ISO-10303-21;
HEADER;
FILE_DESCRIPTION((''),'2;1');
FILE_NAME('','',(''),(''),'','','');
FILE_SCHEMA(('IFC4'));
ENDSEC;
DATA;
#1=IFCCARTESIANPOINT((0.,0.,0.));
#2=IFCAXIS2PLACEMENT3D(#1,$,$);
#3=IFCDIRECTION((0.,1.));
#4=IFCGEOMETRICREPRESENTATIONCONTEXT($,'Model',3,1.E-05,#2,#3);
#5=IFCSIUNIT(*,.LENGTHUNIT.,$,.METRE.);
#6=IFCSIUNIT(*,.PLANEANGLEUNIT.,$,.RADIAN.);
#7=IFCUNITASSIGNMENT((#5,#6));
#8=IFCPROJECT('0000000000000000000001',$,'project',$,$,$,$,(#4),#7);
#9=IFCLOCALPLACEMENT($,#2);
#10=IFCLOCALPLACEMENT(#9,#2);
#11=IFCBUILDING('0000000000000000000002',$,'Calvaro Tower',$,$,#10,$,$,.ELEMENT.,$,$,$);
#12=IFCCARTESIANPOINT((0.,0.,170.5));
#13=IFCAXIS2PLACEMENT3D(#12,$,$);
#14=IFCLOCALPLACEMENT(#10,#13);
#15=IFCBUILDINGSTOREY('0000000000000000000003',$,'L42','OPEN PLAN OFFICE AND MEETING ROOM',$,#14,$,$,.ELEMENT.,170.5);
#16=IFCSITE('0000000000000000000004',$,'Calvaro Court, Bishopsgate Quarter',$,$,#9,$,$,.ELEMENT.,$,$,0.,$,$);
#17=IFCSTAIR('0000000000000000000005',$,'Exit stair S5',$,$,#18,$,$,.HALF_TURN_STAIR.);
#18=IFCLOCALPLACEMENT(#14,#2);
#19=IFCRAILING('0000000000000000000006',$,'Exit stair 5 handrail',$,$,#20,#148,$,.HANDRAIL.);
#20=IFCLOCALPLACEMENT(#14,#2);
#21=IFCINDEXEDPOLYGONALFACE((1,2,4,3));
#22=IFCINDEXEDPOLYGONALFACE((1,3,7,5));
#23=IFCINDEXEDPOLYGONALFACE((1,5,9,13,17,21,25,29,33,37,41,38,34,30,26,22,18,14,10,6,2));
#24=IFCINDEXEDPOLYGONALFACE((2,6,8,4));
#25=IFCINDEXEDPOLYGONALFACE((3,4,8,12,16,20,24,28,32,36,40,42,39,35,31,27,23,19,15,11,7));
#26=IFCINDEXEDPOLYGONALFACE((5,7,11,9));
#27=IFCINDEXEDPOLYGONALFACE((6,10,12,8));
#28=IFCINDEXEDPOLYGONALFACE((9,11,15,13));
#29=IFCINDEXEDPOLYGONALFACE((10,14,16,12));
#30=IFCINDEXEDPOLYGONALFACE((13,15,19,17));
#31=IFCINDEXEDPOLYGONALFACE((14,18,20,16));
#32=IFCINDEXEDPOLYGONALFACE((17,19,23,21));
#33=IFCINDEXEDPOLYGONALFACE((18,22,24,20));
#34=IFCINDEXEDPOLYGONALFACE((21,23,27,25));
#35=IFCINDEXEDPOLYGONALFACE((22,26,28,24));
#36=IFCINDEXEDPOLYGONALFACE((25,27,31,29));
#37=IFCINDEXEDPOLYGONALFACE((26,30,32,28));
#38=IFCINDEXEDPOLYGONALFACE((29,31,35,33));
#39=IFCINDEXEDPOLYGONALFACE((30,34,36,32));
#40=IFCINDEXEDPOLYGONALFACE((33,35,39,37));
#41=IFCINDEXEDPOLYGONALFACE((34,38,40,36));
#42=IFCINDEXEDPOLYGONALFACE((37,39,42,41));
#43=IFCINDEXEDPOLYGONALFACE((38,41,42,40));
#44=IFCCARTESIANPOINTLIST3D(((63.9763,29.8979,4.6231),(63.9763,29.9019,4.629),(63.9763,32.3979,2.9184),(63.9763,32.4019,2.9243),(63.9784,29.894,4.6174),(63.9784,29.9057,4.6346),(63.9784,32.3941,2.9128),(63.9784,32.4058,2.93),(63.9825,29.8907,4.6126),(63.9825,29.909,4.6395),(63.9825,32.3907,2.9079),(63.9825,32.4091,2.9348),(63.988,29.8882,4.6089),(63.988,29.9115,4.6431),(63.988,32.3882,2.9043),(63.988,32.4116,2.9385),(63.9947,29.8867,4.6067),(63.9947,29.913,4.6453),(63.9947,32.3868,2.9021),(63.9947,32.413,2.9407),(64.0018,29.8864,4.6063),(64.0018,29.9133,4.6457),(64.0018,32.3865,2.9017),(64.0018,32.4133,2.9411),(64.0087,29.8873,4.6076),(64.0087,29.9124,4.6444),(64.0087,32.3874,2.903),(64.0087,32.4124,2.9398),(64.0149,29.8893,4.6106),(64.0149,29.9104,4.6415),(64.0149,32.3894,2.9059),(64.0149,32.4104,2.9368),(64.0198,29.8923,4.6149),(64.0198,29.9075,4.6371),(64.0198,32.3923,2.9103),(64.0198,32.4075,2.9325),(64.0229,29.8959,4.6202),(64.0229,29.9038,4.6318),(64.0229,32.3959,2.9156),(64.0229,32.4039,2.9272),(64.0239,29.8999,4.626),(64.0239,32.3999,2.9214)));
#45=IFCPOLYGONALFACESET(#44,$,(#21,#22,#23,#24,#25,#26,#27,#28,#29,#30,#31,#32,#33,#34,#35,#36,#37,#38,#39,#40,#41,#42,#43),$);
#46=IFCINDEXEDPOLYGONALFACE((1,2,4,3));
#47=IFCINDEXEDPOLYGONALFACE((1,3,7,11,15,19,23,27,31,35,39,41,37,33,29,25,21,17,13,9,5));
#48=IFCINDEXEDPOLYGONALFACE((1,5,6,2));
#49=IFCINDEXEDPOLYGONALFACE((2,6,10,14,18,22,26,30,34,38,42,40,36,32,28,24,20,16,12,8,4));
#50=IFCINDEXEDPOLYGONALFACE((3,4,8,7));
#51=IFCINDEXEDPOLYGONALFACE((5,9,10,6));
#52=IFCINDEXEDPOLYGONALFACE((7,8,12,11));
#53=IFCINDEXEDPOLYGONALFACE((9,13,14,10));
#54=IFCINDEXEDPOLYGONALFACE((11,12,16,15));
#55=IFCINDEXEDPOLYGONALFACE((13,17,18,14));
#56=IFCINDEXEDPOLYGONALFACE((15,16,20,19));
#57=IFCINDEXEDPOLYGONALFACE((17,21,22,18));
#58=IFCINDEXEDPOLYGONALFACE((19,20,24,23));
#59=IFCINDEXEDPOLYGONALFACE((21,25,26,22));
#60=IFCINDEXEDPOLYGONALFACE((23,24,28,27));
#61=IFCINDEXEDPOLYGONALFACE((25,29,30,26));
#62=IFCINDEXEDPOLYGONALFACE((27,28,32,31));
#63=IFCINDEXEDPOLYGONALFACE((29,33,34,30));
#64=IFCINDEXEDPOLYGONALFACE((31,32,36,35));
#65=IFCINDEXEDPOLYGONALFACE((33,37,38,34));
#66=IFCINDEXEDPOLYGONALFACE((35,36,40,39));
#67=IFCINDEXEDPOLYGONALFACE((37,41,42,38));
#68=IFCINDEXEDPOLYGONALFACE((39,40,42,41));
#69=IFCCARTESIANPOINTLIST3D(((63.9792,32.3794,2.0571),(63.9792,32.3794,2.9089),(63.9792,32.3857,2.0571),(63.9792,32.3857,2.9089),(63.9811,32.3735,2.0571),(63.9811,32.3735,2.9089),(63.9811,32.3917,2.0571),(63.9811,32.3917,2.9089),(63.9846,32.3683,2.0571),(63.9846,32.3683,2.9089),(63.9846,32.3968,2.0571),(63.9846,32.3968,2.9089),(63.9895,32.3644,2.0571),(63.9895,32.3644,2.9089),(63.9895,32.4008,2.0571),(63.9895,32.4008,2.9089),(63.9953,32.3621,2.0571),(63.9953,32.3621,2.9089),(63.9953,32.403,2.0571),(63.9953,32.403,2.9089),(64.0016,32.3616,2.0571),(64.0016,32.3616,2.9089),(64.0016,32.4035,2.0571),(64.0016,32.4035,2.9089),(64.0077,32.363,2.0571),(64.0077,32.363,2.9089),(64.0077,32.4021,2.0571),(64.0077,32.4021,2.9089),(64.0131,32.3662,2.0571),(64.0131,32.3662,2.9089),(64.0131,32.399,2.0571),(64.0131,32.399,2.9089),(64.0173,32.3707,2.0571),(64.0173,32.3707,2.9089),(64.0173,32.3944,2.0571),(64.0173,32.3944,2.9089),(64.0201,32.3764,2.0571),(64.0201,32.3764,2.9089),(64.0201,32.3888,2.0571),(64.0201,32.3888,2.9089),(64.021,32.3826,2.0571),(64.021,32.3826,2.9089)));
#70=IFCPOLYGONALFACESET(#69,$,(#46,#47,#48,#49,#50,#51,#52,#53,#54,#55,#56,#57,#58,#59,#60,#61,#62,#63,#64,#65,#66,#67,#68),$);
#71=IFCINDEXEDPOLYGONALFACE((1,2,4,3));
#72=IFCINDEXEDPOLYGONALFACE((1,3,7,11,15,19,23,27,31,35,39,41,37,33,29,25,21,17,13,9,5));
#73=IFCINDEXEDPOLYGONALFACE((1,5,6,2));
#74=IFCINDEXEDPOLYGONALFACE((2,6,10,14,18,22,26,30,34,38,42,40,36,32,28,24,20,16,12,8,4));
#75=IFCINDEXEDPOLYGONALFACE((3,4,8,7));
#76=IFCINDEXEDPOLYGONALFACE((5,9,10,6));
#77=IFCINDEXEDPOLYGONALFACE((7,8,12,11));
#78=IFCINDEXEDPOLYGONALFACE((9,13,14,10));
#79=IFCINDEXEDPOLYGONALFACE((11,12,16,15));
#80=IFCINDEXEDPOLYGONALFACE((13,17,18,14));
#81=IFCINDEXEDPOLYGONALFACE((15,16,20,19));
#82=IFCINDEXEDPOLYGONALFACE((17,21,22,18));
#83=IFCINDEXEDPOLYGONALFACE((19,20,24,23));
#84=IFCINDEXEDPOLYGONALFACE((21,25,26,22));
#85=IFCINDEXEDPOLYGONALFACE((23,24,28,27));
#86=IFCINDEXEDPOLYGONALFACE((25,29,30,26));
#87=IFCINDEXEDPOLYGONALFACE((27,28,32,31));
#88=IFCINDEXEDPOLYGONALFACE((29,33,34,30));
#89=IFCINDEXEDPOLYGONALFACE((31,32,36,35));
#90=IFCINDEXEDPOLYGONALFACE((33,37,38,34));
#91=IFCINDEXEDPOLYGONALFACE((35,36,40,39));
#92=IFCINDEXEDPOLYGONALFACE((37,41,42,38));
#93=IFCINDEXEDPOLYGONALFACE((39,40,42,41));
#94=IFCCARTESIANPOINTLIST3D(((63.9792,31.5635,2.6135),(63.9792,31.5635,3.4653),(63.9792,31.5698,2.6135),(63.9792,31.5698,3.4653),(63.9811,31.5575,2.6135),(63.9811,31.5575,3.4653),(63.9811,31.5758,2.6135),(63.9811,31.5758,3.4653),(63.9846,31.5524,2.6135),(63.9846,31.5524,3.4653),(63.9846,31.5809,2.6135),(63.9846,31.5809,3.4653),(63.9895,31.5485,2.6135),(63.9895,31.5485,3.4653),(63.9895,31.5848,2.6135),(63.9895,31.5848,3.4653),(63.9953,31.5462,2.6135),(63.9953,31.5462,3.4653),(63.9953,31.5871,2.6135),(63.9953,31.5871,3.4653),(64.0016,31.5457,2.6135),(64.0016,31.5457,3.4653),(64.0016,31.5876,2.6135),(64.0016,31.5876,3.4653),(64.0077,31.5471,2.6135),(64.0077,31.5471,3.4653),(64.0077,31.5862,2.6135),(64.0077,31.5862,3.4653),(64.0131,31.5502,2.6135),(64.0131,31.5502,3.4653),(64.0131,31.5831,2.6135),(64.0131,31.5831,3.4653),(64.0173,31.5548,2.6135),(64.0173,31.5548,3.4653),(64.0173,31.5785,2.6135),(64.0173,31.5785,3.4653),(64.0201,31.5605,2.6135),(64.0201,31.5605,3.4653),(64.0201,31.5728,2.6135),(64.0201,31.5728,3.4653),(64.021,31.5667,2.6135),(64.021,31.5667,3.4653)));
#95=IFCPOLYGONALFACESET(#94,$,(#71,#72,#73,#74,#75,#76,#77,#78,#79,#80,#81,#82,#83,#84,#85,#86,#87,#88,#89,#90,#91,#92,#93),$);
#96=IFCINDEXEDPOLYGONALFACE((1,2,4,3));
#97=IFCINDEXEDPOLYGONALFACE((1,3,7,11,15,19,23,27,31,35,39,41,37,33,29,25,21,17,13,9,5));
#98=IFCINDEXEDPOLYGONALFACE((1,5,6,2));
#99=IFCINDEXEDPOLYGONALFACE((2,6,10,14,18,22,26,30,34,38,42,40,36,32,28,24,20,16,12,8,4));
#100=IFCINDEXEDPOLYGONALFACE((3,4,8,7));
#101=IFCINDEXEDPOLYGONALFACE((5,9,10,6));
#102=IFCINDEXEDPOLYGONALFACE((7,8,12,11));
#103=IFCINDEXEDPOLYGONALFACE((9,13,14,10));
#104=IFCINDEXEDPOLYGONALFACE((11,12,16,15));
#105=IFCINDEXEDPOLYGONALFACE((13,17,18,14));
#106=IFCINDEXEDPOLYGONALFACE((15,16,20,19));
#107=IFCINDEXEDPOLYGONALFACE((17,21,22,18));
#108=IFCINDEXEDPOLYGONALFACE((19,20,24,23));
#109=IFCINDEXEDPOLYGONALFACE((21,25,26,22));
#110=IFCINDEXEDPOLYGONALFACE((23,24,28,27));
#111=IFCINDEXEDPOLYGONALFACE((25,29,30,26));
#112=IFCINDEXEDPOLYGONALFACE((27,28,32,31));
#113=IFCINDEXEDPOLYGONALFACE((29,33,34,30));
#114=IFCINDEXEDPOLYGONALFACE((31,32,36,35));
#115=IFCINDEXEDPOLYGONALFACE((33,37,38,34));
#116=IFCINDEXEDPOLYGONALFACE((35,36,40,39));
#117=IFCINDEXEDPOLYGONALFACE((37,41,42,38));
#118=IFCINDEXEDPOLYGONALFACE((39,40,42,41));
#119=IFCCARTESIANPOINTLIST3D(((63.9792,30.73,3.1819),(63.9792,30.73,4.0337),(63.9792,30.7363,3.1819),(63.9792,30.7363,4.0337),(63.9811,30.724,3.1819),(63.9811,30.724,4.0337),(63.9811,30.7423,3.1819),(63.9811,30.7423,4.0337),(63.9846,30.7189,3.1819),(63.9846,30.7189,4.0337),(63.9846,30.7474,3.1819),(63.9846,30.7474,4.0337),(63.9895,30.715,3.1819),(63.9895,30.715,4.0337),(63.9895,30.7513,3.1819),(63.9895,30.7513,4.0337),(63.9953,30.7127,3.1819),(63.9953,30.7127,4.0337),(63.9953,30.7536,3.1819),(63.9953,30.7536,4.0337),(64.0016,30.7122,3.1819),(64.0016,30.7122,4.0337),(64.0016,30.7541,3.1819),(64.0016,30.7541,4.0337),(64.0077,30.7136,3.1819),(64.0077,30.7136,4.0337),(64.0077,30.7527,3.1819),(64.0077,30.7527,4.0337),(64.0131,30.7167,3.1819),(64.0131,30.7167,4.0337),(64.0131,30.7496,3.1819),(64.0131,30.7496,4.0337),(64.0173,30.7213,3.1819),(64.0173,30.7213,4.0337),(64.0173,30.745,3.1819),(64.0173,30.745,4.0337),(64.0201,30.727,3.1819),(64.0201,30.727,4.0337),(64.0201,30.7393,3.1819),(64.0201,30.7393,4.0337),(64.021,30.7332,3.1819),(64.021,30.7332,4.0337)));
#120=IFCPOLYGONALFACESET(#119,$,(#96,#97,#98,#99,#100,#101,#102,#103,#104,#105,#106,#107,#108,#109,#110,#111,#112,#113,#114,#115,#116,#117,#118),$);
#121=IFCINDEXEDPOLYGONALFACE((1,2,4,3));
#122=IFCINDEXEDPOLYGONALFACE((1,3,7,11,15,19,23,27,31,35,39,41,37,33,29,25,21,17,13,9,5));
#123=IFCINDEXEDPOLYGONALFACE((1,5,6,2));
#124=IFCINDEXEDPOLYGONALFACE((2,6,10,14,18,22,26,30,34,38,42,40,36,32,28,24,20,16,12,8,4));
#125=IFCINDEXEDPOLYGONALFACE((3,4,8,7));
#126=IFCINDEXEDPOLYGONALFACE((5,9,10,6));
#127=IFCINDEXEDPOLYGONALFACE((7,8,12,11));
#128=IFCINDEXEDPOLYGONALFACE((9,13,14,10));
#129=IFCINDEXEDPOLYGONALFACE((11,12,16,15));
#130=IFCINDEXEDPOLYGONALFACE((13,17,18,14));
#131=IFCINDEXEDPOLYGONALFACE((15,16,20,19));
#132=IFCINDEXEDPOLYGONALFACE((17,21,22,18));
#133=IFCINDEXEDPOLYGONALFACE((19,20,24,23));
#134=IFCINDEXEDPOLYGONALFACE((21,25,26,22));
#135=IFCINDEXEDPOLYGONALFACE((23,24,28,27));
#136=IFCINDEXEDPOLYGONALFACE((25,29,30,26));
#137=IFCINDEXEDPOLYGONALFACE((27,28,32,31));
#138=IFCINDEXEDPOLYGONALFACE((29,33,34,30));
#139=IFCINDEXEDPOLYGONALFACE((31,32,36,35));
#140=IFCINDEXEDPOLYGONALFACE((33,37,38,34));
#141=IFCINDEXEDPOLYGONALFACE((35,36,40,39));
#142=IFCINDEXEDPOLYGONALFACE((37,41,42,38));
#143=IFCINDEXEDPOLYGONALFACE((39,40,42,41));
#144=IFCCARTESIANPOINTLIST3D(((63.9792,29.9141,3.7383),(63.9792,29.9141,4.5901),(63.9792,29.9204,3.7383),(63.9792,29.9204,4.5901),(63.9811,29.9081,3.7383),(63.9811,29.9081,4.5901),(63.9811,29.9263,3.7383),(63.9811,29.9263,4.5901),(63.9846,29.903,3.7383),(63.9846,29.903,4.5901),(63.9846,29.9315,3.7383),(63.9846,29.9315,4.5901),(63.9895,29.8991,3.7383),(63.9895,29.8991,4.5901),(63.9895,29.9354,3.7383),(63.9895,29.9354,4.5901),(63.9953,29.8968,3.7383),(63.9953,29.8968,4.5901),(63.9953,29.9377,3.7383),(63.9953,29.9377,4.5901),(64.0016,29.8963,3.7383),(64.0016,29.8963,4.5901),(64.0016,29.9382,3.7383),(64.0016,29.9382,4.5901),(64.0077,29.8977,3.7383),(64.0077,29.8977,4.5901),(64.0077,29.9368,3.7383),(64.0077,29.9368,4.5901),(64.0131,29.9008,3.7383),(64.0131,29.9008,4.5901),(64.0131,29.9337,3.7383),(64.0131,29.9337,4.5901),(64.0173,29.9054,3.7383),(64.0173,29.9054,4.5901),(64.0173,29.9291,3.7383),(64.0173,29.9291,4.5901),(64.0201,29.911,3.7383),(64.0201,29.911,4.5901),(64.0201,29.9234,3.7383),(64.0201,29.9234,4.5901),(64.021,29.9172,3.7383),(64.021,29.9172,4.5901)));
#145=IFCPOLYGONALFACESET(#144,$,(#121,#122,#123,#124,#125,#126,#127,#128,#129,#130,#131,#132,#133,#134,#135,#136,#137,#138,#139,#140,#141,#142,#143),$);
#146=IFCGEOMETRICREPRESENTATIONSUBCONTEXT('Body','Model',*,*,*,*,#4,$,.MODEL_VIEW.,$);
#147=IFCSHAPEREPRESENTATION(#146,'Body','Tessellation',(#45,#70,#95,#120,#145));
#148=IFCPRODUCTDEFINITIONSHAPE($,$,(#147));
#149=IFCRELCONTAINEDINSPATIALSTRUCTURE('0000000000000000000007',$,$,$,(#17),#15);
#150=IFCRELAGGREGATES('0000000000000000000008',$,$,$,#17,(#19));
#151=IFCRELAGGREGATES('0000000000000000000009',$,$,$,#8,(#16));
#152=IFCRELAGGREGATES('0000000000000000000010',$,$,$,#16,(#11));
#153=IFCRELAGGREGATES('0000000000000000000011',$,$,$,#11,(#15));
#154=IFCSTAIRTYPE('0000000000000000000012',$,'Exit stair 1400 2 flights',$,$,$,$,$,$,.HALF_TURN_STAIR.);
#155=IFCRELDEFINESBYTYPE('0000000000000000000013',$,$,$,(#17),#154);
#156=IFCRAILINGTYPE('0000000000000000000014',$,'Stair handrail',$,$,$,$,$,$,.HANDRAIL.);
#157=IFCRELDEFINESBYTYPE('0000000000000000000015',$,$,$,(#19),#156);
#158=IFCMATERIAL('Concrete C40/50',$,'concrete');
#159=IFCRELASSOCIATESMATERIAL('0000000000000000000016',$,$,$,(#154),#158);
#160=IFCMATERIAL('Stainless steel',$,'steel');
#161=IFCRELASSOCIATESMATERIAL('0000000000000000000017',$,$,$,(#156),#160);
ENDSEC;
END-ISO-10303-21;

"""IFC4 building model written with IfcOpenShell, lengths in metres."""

from ifc_helpers import new_model, si_unit, direction, frame, origin, origin_2d, place, context, subcontext, project, spatial, circle, extrude, material, type_object, element, aggregate, save


model = new_model("IFC4")

# Units and contexts
model_context = context("Model", 3, precision=1e-05, world=origin(), true_north=direction((0.0, 1.0)))
body_context = subcontext(model_context, "Body", "Model", "MODEL_VIEW")
ifc_project = project(units=[si_unit("LENGTHUNIT", "METRE"), si_unit("PLANEANGLEUNIT", "RADIAN")], contexts=[model_context])

# Site, building, storey
site_placement = place(None, origin())
site = spatial("IfcSite", under=ifc_project, at=site_placement, Name="Calvaro Court, Bishopsgate Quarter", CompositionType="ELEMENT", RefElevation=0.0)
building_placement = place(site_placement, origin())
building = spatial("IfcBuilding", under=site, at=building_placement, Name="Calvaro Tower", CompositionType="ELEMENT")
storey_placement = place(building_placement, frame((0.0, 0.0, 170.5)))
storey = spatial("IfcBuildingStorey", under=building, at=storey_placement, Name="L42", Description="OPEN PLAN OFFICE AND MEETING ROOM", CompositionType="ELEMENT", Elevation=170.5)

# Stair, railing
ifc_material_1 = material(Name="Concrete C40/50", Category="concrete")
stair_type = type_object("IfcStairType", Name="Exit stair 1400 2 flights", PredefinedType="HALF_TURN_STAIR", material=ifc_material_1)
stair_placement = place(storey_placement, origin())
stair = element("IfcStair", 1, at=stair_placement, inside=storey, type_object=stair_type, Name="Exit stair S5", PredefinedType="HALF_TURN_STAIR")
ifc_material_2 = material(Name="Stainless steel", Category="steel")
railing_type = type_object("IfcRailingType", Name="Stair handrail", PredefinedType="HANDRAIL", material=ifc_material_2)
railing_1_placement = place(storey_placement, frame((64.0, 32.3999, 2.0454)))
railing_1 = element("IfcRailing", 2, at=railing_1_placement, type_object=railing_type, Name="Exit stair 5 handrail", PredefinedType="HANDRAIL", context=body_context, shape_type="SweptSolid", body=[
    extrude(circle(Radius=0.0239, at=origin_2d()), frame((0.0, 0.0, 0.876), z_axis=(0.0, -0.826221, 0.563347), x_axis=(1.0, 0.0, 0.0)), (0.0, 0.0, 1.0), 3.0259),
    extrude(circle(Radius=0.021, at=origin_2d()), frame((0.0, -0.0173, 0.0117)), (0.0, 0.0, 1.0), 0.8518),
    extrude(circle(Radius=0.021, at=origin_2d()), frame((0.0, -0.8333, 0.5681)), (0.0, 0.0, 1.0), 0.8518),
    extrude(circle(Radius=0.021, at=origin_2d()), frame((0.0, -1.6667, 1.1365)), (0.0, 0.0, 1.0), 0.8518),
    extrude(circle(Radius=0.021, at=origin_2d()), frame((0.0, -2.4827, 1.6929)), (0.0, 0.0, 1.0), 0.8518),
])
aggregate(stair, [railing_1])

save(model, "model.ifc")
